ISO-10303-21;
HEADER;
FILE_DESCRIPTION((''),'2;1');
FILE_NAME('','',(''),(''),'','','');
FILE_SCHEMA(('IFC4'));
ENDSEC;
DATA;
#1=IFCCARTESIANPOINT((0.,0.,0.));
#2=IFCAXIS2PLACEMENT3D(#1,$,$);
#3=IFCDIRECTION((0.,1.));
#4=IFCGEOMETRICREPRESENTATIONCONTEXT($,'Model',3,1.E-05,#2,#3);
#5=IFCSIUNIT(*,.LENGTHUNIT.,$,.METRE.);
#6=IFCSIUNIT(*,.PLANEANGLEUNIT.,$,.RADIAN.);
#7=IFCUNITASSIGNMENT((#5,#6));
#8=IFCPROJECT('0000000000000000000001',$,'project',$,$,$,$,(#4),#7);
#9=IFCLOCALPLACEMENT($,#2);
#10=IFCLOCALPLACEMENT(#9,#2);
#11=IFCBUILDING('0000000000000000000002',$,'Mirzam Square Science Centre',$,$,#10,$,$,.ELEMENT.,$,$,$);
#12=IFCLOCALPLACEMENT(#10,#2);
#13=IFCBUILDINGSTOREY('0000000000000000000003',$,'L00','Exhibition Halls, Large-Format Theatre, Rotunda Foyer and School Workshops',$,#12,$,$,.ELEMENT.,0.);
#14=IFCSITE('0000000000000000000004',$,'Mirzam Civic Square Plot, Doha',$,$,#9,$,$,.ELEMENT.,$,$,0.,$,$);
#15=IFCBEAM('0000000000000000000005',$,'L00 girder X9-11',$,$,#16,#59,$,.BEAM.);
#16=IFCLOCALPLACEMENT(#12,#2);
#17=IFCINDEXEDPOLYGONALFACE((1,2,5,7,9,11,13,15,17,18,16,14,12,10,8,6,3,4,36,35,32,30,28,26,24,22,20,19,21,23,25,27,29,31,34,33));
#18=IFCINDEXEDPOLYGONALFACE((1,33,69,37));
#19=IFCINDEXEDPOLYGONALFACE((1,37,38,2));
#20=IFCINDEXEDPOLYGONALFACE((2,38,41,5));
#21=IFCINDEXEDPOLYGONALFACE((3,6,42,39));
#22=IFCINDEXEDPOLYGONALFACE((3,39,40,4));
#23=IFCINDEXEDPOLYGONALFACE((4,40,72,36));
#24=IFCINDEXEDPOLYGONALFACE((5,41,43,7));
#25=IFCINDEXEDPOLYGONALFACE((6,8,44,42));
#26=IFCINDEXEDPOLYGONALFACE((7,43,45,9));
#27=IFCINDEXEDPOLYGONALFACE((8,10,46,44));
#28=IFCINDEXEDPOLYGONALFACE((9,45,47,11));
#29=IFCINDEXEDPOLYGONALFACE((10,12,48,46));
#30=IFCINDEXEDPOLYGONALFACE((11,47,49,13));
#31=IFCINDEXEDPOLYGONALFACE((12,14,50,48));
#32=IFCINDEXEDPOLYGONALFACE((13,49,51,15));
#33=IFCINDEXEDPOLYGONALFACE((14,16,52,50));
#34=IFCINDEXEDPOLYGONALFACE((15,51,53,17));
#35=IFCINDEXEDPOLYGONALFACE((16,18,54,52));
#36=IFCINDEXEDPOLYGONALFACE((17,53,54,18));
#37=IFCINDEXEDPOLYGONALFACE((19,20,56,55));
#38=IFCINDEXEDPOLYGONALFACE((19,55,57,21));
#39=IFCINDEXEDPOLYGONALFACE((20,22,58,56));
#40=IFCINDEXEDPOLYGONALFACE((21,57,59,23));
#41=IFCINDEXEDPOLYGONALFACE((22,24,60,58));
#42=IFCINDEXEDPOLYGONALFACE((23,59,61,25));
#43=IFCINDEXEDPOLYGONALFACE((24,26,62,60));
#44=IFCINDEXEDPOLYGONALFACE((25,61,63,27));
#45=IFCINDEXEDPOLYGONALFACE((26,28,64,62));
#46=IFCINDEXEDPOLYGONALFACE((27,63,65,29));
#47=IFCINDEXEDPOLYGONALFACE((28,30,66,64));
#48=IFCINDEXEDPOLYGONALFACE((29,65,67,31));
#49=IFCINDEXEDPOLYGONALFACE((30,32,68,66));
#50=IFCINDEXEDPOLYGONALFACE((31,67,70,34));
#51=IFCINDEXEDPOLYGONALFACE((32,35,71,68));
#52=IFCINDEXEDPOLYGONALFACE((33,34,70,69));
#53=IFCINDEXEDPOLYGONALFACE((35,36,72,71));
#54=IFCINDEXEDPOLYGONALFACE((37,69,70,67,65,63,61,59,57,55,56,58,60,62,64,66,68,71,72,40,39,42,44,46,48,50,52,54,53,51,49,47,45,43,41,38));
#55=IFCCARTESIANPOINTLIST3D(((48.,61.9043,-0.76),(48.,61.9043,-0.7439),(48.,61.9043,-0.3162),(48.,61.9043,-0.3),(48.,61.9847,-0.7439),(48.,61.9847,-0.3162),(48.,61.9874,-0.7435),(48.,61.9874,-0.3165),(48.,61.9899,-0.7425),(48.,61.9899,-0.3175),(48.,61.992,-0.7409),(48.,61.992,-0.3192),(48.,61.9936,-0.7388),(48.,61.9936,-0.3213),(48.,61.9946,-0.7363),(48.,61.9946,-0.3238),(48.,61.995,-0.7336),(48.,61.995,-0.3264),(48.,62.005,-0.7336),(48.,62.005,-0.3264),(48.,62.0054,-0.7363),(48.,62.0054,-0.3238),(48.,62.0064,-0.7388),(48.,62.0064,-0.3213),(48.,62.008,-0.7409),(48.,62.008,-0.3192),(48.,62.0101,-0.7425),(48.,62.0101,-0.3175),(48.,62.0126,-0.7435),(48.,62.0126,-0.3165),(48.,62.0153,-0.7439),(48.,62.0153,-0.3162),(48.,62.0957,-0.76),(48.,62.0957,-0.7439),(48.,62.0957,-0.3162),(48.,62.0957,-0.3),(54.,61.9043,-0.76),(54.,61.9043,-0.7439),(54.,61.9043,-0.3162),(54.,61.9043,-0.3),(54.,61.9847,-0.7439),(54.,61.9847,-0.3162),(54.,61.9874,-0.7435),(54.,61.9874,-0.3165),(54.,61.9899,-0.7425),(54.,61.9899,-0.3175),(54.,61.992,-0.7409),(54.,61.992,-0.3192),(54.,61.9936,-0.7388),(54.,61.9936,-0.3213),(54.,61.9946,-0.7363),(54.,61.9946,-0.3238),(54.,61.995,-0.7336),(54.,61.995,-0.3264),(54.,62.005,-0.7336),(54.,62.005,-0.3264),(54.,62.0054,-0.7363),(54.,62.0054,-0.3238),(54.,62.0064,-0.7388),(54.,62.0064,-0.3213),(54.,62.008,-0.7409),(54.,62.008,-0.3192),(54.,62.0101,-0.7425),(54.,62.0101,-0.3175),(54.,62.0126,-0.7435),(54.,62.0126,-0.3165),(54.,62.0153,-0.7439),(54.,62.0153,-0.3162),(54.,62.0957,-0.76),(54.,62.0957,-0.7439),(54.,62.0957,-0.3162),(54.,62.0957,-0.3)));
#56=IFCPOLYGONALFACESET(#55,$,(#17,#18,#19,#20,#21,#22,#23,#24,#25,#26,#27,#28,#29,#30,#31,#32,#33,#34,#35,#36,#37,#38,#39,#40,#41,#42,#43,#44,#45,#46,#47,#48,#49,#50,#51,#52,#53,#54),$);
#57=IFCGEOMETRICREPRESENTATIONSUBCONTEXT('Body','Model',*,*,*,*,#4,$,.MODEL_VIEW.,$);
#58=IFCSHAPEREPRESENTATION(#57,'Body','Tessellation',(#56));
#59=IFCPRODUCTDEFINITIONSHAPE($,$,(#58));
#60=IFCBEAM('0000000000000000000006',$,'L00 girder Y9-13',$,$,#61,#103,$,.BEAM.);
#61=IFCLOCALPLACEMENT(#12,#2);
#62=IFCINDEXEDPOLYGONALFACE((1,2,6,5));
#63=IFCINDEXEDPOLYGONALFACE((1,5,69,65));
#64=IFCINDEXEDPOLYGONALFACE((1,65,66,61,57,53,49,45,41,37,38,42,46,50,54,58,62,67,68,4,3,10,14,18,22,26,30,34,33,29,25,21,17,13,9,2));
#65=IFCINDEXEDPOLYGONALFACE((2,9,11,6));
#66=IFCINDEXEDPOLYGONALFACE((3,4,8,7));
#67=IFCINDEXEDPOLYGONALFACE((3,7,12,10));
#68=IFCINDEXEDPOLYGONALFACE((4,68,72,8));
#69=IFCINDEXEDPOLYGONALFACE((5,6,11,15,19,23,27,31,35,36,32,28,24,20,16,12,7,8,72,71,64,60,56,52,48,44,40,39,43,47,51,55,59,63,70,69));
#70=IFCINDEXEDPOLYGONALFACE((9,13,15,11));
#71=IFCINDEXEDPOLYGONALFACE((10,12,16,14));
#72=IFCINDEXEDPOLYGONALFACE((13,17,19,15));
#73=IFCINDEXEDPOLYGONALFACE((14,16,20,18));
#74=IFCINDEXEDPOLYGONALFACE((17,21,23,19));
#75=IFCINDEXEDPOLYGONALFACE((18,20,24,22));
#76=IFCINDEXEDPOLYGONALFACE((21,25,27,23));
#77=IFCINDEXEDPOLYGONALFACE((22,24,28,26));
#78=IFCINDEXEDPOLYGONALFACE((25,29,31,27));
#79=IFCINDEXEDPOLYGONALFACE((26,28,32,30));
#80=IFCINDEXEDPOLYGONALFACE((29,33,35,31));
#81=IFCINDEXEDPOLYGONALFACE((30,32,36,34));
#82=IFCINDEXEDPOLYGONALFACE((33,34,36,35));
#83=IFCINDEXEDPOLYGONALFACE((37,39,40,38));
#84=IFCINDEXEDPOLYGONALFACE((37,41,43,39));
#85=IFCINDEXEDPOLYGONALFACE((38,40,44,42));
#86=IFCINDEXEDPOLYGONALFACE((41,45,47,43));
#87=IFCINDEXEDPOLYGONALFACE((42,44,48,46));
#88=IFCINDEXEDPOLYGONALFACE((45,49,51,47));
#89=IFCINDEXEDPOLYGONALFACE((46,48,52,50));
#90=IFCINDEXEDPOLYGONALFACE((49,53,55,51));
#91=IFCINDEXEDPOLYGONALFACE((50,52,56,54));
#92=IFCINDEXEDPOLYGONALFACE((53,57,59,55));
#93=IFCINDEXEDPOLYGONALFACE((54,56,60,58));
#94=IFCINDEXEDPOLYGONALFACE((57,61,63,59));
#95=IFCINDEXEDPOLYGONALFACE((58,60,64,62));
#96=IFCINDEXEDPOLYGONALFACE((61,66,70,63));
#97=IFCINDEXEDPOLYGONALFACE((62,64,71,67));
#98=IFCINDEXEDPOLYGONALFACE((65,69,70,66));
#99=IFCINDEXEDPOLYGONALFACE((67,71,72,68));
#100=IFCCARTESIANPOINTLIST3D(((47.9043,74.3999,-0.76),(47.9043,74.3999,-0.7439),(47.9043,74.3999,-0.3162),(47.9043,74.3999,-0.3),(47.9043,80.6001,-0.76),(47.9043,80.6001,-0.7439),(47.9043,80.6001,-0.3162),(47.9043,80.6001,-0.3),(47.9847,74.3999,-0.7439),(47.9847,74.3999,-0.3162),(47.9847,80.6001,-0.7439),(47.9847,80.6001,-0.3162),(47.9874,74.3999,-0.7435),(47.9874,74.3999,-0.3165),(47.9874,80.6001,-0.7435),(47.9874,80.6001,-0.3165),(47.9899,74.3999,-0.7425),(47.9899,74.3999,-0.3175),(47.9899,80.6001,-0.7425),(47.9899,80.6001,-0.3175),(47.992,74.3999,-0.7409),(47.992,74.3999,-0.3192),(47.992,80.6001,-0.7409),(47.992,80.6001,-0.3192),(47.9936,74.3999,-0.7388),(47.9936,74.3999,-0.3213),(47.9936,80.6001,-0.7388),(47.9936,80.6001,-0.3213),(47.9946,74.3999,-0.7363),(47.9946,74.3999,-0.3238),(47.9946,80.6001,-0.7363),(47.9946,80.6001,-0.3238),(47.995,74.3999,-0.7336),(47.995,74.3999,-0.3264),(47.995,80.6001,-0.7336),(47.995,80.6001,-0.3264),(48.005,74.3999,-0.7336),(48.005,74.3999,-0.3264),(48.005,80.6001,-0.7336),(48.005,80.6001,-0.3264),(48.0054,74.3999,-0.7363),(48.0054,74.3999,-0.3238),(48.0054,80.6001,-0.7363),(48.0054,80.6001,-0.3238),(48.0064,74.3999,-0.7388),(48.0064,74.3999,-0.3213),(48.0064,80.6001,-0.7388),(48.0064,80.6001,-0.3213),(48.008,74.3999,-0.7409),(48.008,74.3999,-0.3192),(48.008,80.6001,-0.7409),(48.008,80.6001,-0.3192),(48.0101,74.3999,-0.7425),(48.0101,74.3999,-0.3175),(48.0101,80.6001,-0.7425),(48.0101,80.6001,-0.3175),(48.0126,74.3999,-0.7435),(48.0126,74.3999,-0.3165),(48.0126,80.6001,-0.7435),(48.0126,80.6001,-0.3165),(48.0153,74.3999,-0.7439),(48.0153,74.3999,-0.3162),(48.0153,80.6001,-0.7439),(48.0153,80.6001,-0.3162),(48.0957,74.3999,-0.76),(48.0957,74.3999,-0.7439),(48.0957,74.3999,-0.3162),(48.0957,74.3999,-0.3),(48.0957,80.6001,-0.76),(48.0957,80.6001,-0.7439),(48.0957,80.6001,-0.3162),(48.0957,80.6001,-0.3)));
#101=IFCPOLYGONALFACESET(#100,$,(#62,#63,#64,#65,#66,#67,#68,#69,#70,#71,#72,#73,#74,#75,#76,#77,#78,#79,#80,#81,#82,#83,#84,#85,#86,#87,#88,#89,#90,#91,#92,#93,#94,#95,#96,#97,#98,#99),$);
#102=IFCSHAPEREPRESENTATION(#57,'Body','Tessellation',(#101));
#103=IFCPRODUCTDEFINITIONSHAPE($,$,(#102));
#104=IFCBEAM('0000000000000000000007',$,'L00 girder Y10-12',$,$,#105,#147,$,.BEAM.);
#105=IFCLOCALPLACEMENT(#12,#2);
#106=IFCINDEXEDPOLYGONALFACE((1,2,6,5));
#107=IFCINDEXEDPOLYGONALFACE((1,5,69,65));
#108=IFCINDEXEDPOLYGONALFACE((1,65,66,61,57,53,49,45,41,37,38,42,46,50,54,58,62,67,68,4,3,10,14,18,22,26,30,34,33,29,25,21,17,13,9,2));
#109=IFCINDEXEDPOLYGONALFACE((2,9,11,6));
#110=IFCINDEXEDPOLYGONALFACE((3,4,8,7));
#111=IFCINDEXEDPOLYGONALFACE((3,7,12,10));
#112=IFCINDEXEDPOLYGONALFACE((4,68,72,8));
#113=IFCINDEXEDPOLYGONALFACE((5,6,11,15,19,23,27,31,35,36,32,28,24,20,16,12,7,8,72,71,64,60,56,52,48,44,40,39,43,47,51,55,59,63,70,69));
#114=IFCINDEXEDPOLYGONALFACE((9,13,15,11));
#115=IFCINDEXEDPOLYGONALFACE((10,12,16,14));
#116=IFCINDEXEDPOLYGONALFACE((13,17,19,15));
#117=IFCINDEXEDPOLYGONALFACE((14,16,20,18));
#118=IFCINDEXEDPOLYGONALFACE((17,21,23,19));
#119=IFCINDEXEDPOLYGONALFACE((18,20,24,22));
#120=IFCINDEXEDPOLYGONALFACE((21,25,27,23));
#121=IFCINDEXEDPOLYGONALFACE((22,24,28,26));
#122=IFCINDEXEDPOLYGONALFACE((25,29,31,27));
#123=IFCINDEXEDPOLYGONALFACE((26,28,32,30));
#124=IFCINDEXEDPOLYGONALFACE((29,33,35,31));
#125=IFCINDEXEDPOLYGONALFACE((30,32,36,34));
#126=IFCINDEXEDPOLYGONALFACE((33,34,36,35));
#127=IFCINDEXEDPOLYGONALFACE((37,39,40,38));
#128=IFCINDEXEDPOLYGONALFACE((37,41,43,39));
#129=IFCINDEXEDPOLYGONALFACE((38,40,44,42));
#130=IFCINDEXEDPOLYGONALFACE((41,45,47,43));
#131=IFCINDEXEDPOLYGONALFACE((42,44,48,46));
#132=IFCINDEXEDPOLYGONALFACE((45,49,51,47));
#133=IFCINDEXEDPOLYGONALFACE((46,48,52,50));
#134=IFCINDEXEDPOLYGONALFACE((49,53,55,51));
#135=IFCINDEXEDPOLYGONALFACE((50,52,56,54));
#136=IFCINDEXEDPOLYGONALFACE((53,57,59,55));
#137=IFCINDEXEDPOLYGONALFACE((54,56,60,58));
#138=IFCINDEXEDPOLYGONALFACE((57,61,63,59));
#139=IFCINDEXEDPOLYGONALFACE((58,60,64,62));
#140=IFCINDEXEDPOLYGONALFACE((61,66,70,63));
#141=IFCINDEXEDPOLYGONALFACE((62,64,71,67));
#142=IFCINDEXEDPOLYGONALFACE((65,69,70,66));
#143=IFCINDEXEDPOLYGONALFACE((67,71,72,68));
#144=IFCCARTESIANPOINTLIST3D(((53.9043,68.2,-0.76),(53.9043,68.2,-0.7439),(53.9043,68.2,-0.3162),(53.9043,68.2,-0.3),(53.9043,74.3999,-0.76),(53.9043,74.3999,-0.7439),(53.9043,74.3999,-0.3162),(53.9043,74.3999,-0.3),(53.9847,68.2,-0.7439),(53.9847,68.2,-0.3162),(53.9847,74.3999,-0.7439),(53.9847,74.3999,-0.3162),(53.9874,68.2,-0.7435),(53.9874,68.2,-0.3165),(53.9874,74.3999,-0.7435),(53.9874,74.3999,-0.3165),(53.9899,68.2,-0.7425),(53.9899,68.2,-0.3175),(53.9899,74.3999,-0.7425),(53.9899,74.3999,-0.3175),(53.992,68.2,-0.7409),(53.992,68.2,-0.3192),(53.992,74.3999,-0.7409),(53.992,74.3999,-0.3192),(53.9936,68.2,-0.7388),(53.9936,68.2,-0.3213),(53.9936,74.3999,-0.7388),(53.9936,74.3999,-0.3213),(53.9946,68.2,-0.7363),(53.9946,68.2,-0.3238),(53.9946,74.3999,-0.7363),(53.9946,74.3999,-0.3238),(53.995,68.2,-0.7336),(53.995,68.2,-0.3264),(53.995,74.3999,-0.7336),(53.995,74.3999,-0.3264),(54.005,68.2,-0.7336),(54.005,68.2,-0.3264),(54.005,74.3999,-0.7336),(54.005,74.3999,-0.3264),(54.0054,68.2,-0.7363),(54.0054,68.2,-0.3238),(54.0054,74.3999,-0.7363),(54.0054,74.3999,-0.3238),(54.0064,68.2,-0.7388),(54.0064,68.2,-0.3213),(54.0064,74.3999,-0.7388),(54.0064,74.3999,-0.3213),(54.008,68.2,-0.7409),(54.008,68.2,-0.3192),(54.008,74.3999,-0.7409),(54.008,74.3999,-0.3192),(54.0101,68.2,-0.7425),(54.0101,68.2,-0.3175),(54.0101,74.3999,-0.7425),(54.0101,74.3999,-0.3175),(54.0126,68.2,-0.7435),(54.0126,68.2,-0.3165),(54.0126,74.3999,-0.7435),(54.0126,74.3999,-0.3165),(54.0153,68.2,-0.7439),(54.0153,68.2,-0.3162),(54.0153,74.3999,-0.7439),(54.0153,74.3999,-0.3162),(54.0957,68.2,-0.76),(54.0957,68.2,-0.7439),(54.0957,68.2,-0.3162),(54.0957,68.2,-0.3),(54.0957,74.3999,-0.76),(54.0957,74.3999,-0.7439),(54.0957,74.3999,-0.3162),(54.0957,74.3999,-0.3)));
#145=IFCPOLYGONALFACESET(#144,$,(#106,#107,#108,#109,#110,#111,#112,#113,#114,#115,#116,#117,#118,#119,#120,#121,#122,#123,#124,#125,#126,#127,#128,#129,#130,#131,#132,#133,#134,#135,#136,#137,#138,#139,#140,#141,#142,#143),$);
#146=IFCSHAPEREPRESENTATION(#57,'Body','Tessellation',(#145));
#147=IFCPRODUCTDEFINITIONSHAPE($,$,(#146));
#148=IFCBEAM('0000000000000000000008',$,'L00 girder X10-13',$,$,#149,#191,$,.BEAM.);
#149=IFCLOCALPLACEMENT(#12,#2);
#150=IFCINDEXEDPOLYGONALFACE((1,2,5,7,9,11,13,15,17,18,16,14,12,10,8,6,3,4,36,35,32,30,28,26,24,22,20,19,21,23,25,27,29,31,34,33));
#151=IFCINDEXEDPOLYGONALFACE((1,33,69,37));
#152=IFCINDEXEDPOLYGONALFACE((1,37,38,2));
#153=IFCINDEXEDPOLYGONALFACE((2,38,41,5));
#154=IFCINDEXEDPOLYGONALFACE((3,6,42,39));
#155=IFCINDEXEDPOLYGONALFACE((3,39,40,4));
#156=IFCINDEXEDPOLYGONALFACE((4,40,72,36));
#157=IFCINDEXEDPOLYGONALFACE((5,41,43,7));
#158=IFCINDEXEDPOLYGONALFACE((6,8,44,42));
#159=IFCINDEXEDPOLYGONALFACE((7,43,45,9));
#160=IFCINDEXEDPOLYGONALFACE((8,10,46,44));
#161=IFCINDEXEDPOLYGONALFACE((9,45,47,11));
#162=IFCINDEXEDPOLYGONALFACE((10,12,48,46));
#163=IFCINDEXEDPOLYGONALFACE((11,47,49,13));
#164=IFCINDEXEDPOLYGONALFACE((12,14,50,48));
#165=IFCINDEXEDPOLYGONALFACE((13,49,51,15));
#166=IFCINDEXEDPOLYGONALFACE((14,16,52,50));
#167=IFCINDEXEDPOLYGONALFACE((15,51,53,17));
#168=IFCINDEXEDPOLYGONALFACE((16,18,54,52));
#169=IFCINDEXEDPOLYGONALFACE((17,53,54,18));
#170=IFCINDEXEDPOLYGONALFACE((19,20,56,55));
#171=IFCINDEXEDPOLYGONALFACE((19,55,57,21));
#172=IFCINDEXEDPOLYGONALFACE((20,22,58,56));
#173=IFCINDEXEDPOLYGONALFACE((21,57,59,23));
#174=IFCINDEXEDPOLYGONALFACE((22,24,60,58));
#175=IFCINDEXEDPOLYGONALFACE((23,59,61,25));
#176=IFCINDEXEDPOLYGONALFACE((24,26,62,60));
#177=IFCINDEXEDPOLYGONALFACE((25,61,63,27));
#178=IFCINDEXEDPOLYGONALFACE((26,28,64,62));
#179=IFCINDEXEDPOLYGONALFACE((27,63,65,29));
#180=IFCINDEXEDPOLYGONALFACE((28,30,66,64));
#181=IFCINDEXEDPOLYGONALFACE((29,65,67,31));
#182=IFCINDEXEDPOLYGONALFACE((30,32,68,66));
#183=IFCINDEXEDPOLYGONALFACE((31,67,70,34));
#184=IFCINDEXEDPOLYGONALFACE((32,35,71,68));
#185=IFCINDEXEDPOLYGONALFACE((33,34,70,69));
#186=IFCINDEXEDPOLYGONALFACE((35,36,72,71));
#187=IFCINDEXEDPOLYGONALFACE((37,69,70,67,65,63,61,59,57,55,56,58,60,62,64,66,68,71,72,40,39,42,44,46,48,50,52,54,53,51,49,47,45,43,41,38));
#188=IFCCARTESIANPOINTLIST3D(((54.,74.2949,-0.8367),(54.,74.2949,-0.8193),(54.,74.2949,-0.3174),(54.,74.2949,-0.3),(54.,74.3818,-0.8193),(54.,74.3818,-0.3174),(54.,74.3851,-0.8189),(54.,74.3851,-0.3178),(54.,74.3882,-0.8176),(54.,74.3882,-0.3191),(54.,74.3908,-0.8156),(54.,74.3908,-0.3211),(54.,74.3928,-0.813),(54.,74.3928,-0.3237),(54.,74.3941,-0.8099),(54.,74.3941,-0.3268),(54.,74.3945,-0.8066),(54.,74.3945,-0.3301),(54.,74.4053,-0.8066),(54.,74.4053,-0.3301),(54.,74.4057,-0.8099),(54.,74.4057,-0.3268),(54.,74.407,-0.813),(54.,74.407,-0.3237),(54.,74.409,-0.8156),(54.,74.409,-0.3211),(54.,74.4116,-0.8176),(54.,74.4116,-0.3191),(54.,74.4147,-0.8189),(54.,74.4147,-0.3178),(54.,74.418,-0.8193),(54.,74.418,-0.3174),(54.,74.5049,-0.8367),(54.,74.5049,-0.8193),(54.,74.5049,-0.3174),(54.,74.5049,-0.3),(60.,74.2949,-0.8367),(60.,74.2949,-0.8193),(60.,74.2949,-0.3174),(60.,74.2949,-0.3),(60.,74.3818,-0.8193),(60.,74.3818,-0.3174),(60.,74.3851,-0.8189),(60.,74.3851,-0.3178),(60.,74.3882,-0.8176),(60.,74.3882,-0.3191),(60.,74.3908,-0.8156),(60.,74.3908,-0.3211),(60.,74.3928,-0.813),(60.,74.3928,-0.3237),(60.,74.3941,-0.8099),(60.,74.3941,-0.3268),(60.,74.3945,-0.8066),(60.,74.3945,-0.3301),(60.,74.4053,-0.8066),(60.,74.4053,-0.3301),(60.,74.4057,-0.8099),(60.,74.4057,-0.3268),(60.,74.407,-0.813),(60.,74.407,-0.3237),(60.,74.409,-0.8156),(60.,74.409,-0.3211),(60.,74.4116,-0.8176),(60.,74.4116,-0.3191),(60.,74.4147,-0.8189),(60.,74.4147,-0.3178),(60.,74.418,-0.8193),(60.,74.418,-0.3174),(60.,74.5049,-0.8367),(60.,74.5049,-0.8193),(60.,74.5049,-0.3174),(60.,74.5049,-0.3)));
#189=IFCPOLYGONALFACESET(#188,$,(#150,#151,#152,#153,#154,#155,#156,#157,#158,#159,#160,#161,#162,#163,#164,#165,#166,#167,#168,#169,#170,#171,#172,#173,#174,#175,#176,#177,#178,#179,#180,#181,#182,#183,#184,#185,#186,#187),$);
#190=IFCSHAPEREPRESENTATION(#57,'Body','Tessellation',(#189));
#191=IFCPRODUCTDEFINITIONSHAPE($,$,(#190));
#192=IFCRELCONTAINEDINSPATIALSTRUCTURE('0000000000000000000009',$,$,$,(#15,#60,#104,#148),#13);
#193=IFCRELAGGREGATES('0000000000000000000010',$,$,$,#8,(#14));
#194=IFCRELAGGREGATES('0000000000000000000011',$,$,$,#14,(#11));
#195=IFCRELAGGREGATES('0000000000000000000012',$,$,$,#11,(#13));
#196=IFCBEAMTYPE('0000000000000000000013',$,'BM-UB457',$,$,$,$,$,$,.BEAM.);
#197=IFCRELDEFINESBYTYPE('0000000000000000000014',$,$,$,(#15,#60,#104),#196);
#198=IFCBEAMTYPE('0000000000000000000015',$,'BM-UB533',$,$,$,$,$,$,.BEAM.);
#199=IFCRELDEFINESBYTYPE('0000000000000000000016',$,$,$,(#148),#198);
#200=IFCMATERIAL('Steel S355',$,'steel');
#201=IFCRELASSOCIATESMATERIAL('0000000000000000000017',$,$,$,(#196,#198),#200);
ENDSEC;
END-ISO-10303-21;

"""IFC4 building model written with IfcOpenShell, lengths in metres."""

from ifc_helpers import new_model, si_unit, direction, frame, origin, origin_2d, place, context, subcontext, project, spatial, i_section, extrude, material, material_profile, profile_set, type_object, element, save


model = new_model("IFC4")

# Units and contexts
model_context = context("Model", 3, precision=1e-05, world=origin(), true_north=direction((0.0, 1.0)))
body_context = subcontext(model_context, "Body", "Model", "MODEL_VIEW")
ifc_project = project(units=[si_unit("LENGTHUNIT", "METRE"), si_unit("PLANEANGLEUNIT", "RADIAN")], contexts=[model_context])

# Site, building, storey
site_placement = place(None, origin())
site = spatial("IfcSite", under=ifc_project, at=site_placement, Name="Mirzam Civic Square Plot, Doha", CompositionType="ELEMENT", RefElevation=0.0)
building_placement = place(site_placement, origin())
building = spatial("IfcBuilding", under=site, at=building_placement, Name="Mirzam Square Science Centre", CompositionType="ELEMENT")
storey_placement = place(building_placement, origin())
storey = spatial("IfcBuildingStorey", under=building, at=storey_placement, Name="L00", Description="Exhibition Halls, Large-Format Theatre, Rotunda Foyer and School Workshops", CompositionType="ELEMENT", Elevation=0.0)

# Shared definitions
ifc_material = material(Name="Steel S355", Category="steel")

# Beams
ifc_material_profile_1 = material_profile(ifc_material, i_section(OverallWidth=0.1914, OverallDepth=0.46, WebThickness=0.01, FlangeThickness=0.0161, FilletRadius=0.0103, at=origin_2d()), Name="457x191x82UB")
ifc_profile_set_1 = profile_set([ifc_material_profile_1], Name="Steel S355")
beam_type_1 = type_object("IfcBeamType", Name="BM-UB457", PredefinedType="BEAM", material=ifc_profile_set_1)
beam_1_placement = place(storey_placement, frame((48.0, 62.0, -0.53), z_axis=(1.0, 0.0, 0.0), x_axis=(0.0, 1.0, 0.0)))
element("IfcBeam", 1, at=beam_1_placement, inside=storey, type_object=beam_type_1, Name="L00 girder X9-11", PredefinedType="BEAM", context=body_context, shape_type="SweptSolid", body=[
    extrude(i_section(OverallWidth=0.1914, OverallDepth=0.46, WebThickness=0.01, FlangeThickness=0.0161, FilletRadius=0.0103, at=origin_2d()), origin(), (0.0, 0.0, 1.0), 6.0),
])
beam_2_placement = place(storey_placement, frame((48.0, 74.3999, -0.53), z_axis=(0.0, 1.0, 0.0), x_axis=(-1.0, 0.0, 0.0)))
element("IfcBeam", 2, at=beam_2_placement, inside=storey, type_object=beam_type_1, Name="L00 girder Y9-13", PredefinedType="BEAM", context=body_context, shape_type="SweptSolid", body=[
    extrude(i_section(OverallWidth=0.1914, OverallDepth=0.46, WebThickness=0.01, FlangeThickness=0.0161, FilletRadius=0.0103, at=origin_2d()), origin(), (0.0, 0.0, 1.0), 6.2002),
])
beam_3_placement = place(storey_placement, frame((54.0, 68.2, -0.53), z_axis=(0.0, 1.0, 0.0), x_axis=(-1.0, 0.0, 0.0)))
element("IfcBeam", 3, at=beam_3_placement, inside=storey, type_object=beam_type_1, Name="L00 girder Y10-12", PredefinedType="BEAM", context=body_context, shape_type="SweptSolid", body=[
    extrude(i_section(OverallWidth=0.1914, OverallDepth=0.46, WebThickness=0.01, FlangeThickness=0.0161, FilletRadius=0.0103, at=origin_2d()), origin(), (0.0, 0.0, 1.0), 6.2),
])
ifc_material_profile_2 = material_profile(ifc_material, i_section(OverallWidth=0.21, OverallDepth=0.5366, WebThickness=0.0107, FlangeThickness=0.0173, FilletRadius=0.0127, at=origin_2d()), Name="533x210x101UB")
ifc_profile_set_2 = profile_set([ifc_material_profile_2], Name="Steel S355")
beam_type_2 = type_object("IfcBeamType", Name="BM-UB533", PredefinedType="BEAM", material=ifc_profile_set_2)
beam_4_placement = place(storey_placement, frame((54.0, 74.3999, -0.5684), z_axis=(1.0, 0.0, 0.0), x_axis=(0.0, 1.0, 0.0)))
element("IfcBeam", 4, at=beam_4_placement, inside=storey, type_object=beam_type_2, Name="L00 girder X10-13", PredefinedType="BEAM", context=body_context, shape_type="SweptSolid", body=[
    extrude(i_section(OverallWidth=0.21, OverallDepth=0.5366, WebThickness=0.0107, FlangeThickness=0.0173, FilletRadius=0.0127, at=origin_2d()), origin(), (0.0, 0.0, 1.0), 6.0),
])

save(model, "model.ifc")
